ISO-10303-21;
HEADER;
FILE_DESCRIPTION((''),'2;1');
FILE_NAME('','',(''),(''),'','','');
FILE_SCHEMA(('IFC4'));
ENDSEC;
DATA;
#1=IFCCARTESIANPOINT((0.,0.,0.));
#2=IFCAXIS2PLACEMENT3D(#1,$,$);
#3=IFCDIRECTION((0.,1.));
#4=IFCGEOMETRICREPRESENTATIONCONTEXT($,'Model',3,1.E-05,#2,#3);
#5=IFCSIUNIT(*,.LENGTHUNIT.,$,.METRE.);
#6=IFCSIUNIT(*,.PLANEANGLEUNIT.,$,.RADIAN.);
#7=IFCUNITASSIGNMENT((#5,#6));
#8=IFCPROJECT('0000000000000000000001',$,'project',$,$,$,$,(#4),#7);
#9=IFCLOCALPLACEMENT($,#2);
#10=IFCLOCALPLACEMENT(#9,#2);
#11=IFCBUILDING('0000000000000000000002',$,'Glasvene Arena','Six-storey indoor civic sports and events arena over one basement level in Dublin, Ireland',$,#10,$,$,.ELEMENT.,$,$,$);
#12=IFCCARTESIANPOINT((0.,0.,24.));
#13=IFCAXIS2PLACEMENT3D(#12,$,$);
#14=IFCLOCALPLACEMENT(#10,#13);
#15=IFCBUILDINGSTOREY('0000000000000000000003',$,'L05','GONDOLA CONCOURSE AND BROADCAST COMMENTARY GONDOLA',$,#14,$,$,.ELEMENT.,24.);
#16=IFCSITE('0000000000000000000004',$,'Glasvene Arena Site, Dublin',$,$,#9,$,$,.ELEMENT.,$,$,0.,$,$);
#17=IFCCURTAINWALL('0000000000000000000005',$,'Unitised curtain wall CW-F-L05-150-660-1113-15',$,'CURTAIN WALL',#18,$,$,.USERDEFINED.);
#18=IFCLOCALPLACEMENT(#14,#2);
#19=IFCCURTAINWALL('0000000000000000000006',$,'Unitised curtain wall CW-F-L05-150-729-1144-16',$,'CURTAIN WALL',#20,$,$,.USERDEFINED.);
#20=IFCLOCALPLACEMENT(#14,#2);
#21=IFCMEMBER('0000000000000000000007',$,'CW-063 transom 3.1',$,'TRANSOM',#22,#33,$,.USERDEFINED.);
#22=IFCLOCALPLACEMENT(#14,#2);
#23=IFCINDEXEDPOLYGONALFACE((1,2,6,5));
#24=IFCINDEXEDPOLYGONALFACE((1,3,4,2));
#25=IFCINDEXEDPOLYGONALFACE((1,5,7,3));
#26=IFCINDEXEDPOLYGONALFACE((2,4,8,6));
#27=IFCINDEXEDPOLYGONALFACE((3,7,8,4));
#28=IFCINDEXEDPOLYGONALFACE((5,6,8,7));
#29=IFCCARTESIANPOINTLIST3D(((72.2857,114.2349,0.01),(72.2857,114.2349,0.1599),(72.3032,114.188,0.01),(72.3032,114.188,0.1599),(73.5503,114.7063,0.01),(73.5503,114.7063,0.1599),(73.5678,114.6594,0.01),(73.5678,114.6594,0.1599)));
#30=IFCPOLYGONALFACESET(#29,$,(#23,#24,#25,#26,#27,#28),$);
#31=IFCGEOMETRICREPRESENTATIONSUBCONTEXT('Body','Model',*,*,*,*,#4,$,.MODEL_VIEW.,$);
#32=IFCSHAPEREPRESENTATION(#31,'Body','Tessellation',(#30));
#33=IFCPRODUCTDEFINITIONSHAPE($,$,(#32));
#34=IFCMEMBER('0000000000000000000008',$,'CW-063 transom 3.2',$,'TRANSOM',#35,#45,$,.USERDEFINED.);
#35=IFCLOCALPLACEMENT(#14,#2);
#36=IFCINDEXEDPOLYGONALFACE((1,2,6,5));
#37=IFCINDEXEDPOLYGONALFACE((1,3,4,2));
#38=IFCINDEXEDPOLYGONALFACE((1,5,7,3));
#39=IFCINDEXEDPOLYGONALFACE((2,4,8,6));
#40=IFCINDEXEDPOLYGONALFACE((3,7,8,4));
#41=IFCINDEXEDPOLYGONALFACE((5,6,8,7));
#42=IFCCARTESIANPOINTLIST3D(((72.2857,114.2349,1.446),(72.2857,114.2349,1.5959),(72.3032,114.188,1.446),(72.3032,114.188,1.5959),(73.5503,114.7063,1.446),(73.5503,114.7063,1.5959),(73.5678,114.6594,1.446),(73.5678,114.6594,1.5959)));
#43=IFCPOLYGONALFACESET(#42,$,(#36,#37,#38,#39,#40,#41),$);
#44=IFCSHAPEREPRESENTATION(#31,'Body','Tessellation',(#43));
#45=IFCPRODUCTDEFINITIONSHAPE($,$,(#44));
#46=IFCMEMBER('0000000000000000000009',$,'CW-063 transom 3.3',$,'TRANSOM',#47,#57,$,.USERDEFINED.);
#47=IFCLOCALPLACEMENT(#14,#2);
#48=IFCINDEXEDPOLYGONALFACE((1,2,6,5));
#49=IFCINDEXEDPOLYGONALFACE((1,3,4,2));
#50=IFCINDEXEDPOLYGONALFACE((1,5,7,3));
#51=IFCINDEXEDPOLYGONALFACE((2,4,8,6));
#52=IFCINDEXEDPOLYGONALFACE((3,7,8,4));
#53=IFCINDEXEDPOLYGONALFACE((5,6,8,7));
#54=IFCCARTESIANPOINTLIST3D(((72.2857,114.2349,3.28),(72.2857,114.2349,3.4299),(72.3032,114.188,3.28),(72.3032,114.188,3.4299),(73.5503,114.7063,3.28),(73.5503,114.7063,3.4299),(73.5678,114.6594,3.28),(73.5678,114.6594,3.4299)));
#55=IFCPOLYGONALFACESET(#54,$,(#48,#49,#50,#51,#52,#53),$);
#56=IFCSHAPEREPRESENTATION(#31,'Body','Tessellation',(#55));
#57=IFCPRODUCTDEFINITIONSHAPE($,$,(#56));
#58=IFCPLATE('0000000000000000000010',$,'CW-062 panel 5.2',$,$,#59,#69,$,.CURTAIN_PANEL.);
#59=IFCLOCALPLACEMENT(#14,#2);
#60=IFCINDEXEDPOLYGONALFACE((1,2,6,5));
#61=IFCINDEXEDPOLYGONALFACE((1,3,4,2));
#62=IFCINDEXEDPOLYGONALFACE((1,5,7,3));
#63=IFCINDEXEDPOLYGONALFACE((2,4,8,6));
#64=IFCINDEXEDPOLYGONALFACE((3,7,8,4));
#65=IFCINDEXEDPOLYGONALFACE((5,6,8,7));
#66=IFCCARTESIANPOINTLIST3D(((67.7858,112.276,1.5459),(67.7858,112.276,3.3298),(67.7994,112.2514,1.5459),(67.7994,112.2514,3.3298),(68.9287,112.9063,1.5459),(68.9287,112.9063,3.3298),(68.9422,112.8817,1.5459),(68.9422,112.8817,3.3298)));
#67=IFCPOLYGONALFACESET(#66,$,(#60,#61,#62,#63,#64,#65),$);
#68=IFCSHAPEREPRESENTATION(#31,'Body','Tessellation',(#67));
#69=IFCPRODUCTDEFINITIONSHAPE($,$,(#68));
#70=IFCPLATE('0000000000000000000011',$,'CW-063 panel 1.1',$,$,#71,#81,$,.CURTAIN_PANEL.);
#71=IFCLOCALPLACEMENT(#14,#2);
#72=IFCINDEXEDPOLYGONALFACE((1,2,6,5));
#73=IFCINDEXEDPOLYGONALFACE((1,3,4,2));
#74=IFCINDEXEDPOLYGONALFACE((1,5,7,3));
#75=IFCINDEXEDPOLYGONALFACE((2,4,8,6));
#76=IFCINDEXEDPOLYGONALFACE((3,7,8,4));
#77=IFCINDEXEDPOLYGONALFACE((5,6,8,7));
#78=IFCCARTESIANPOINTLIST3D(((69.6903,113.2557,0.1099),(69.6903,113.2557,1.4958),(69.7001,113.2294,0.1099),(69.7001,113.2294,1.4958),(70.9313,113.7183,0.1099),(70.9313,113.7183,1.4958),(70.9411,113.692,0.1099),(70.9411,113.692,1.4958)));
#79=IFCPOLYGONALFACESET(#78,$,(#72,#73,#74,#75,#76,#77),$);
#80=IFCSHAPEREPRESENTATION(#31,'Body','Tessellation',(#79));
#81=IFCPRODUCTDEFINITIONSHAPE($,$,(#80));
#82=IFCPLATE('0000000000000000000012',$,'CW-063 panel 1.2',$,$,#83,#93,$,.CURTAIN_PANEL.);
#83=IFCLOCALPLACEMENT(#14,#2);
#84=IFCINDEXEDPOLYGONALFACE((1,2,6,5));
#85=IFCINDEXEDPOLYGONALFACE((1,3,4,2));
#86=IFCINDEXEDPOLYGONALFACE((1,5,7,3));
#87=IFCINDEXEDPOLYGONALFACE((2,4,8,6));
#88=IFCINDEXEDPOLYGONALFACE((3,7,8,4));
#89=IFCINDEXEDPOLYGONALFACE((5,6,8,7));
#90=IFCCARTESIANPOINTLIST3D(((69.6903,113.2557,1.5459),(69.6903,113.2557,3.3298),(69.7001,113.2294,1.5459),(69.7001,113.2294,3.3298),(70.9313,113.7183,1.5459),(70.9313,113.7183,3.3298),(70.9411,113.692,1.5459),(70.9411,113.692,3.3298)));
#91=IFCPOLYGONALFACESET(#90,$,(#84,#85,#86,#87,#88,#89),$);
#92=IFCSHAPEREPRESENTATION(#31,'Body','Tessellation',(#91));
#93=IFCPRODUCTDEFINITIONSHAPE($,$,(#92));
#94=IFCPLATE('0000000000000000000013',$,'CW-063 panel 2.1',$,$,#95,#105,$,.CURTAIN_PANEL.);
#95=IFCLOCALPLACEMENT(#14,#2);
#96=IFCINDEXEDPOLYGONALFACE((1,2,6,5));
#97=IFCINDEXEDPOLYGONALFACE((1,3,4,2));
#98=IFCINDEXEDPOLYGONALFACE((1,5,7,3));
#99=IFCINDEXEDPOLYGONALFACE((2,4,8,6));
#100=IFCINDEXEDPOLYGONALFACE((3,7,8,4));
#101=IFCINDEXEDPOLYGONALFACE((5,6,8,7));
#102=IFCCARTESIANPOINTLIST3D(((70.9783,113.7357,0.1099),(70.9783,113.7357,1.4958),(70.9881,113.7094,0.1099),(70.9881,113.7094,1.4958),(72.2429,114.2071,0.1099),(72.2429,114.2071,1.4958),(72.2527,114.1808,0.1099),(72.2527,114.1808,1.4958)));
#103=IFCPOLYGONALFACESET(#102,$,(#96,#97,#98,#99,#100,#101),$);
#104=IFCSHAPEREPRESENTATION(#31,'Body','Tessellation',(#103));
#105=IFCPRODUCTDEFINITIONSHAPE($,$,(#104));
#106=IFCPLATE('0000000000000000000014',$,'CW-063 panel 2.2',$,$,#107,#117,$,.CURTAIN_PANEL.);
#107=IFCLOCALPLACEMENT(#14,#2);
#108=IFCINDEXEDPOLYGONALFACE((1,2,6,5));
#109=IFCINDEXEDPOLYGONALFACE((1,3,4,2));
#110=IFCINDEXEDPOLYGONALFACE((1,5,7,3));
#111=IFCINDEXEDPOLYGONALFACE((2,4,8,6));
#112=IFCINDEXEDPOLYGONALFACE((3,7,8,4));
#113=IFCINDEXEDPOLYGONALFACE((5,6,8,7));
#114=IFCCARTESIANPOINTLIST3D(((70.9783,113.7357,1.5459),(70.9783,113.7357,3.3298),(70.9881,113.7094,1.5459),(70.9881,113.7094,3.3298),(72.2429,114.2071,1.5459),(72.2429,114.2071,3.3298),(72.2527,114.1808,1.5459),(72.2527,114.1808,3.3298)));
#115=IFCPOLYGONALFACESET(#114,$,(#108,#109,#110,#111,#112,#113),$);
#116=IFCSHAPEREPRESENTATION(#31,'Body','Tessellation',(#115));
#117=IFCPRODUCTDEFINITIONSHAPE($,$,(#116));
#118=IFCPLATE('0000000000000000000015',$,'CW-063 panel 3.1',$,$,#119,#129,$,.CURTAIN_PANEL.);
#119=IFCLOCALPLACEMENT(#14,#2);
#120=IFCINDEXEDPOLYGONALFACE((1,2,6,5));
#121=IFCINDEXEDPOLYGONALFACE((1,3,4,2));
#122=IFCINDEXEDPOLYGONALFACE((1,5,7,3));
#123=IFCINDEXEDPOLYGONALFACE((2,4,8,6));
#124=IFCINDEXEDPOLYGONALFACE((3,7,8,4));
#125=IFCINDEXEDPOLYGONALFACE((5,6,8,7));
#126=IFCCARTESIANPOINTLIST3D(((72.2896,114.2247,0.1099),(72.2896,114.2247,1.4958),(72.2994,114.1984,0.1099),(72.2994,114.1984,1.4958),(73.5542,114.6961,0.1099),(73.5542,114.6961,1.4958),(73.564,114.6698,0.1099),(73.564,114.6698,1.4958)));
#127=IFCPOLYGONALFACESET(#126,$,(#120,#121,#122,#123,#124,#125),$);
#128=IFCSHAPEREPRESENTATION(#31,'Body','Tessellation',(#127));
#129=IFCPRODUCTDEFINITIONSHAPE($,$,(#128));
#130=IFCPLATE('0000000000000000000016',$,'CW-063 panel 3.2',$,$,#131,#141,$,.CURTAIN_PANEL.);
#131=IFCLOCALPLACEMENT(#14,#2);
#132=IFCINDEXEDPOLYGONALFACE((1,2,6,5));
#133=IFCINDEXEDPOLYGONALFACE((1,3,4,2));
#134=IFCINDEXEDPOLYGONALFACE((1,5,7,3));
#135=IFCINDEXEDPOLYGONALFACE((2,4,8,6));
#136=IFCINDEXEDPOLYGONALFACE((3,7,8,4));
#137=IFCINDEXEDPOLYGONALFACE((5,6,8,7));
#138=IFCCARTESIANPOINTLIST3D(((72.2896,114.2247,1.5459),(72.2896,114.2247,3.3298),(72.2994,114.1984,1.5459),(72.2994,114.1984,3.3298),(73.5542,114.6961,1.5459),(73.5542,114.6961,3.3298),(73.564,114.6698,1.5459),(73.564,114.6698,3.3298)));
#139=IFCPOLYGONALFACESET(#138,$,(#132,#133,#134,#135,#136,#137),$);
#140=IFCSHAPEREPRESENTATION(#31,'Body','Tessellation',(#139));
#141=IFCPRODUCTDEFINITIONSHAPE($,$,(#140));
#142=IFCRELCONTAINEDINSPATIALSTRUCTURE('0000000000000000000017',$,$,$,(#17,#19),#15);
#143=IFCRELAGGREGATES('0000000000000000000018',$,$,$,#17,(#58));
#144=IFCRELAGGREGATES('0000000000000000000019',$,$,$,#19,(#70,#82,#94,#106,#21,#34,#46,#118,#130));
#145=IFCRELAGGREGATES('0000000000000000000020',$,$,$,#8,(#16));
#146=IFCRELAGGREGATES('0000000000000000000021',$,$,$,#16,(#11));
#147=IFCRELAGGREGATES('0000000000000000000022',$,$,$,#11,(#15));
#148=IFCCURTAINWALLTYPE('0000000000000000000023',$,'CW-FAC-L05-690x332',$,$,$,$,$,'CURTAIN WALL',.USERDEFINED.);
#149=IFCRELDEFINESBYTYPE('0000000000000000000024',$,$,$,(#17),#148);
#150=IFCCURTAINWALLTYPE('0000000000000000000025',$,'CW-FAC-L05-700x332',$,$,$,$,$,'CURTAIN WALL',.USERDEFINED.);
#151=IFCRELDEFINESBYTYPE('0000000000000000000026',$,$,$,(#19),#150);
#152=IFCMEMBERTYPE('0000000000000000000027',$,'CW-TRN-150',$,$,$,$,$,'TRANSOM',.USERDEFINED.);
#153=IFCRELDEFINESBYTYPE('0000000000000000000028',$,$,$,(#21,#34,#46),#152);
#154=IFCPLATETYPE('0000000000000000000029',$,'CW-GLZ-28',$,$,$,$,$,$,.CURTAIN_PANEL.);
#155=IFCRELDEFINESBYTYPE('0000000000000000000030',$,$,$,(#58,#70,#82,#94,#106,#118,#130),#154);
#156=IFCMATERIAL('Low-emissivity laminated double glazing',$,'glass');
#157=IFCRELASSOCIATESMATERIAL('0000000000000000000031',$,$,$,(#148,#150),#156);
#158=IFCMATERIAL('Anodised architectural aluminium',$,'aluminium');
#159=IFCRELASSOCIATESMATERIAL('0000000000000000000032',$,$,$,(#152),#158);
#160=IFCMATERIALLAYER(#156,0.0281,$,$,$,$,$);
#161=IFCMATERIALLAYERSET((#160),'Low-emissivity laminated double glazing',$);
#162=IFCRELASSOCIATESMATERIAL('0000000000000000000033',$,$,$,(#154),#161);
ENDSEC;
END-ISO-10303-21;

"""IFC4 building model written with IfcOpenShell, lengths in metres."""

from ifc_helpers import new_model, si_unit, direction, frame, origin, origin_2d, place, context, subcontext, project, spatial, rectangle, extrude, material, layer, layer_set, material_profile, profile_set, type_object, element, aggregate, save


model = new_model("IFC4")

# Units and contexts
model_context = context("Model", 3, precision=1e-05, world=origin(), true_north=direction((0.0, 1.0)))
body_context = subcontext(model_context, "Body", "Model", "MODEL_VIEW")
ifc_project = project(units=[si_unit("LENGTHUNIT", "METRE"), si_unit("PLANEANGLEUNIT", "RADIAN")], contexts=[model_context])

# Site, building, storey
site_placement = place(None, origin())
site = spatial("IfcSite", under=ifc_project, at=site_placement, Name="Glasvene Arena Site, Dublin", CompositionType="ELEMENT", RefElevation=0.0)
building_placement = place(site_placement, origin())
building = spatial("IfcBuilding", under=site, at=building_placement, Name="Glasvene Arena", Description="Six-storey indoor civic sports and events arena over one basement level in Dublin, Ireland", CompositionType="ELEMENT")
storey_placement = place(building_placement, frame((0.0, 0.0, 24.0)))
storey = spatial("IfcBuildingStorey", under=building, at=storey_placement, Name="L05", Description="GONDOLA CONCOURSE AND BROADCAST COMMENTARY GONDOLA", CompositionType="ELEMENT", Elevation=24.0)

# Curtain wall
ifc_material_1 = material(Name="Low-emissivity laminated double glazing", Category="glass")
curtain_wall_type_1 = type_object("IfcCurtainWallType", Name="CW-FAC-L05-690x332", ElementType="CURTAIN WALL", PredefinedType="USERDEFINED", material=ifc_material_1)
curtain_wall_1_placement = place(storey_placement, frame((62.9365, 109.5854, 0.0)))
curtain_wall_1 = element("IfcCurtainWall", 1, at=curtain_wall_1_placement, inside=storey, type_object=curtain_wall_type_1, Name="Unitised curtain wall CW-F-L05-150-660-1113-15", ObjectType="CURTAIN WALL", PredefinedType="USERDEFINED")
ifc_material_2 = material(Name="Anodised architectural aluminium", Category="aluminium")

# Curtain wall, members
curtain_wall_type_2 = type_object("IfcCurtainWallType", Name="CW-FAC-L05-700x332", ElementType="CURTAIN WALL", PredefinedType="USERDEFINED", material=ifc_material_1)
curtain_wall_2_placement = place(storey_placement, frame((69.6482, 113.2251, 0.0)))
curtain_wall_2 = element("IfcCurtainWall", 2, at=curtain_wall_2_placement, inside=storey, type_object=curtain_wall_type_2, Name="Unitised curtain wall CW-F-L05-150-729-1144-16", ObjectType="CURTAIN WALL", PredefinedType="USERDEFINED")
ifc_material_profile_1 = material_profile(ifc_material_2, rectangle(XDim=0.05, YDim=0.1499, at=origin_2d()), Name="ALU TRANSOM 50x150")
ifc_profile_set_1 = profile_set([ifc_material_profile_1], Name="Anodised architectural aluminium")
member_type_1 = type_object("IfcMemberType", Name="CW-TRN-150", ElementType="TRANSOM", PredefinedType="USERDEFINED", material=ifc_profile_set_1)
member_1_placement = place(storey_placement, frame((72.2944, 114.2114, 0.085), z_axis=(0.937011, 0.349299, 0.0), x_axis=(-0.349299, 0.937011, 0.0)))
member_1 = element("IfcMember", 3, at=member_1_placement, type_object=member_type_1, Name="CW-063 transom 3.1", ObjectType="TRANSOM", PredefinedType="USERDEFINED", context=body_context, shape_type="SweptSolid", body=[
    extrude(rectangle(XDim=0.05, YDim=0.1499, at=origin_2d()), origin(), (0.0, 0.0, 1.0), 1.3496),
])
member_2_placement = place(storey_placement, frame((72.2944, 114.2114, 1.521), z_axis=(0.937011, 0.349299, 0.0), x_axis=(-0.349299, 0.937011, 0.0)))
member_2 = element("IfcMember", 4, at=member_2_placement, type_object=member_type_1, Name="CW-063 transom 3.2", ObjectType="TRANSOM", PredefinedType="USERDEFINED", context=body_context, shape_type="SweptSolid", body=[
    extrude(rectangle(XDim=0.05, YDim=0.1499, at=origin_2d()), origin(), (0.0, 0.0, 1.0), 1.3496),
])
member_3_placement = place(storey_placement, frame((72.2944, 114.2114, 3.355), z_axis=(0.937011, 0.349299, 0.0), x_axis=(-0.349299, 0.937011, 0.0)))
member_3 = element("IfcMember", 5, at=member_3_placement, type_object=member_type_1, Name="CW-063 transom 3.3", ObjectType="TRANSOM", PredefinedType="USERDEFINED", context=body_context, shape_type="SweptSolid", body=[
    extrude(rectangle(XDim=0.05, YDim=0.1499, at=origin_2d()), origin(), (0.0, 0.0, 1.0), 1.3496),
])

# Plates
ifc_layer = layer(ifc_material_1, 0.0281)
ifc_layer_set = layer_set([ifc_layer], Name="Low-emissivity laminated double glazing")
plate_type = type_object("IfcPlateType", Name="CW-GLZ-28", PredefinedType="CURTAIN_PANEL", material=ifc_layer_set)
plate_1_placement = place(storey_placement, frame((68.364, 112.5789, 1.5459), z_axis=(0.0, 0.0, 1.0), x_axis=(0.875654, 0.482939, 0.0)))
plate_1 = element("IfcPlate", 6, at=plate_1_placement, type_object=plate_type, Name="CW-062 panel 5.2", PredefinedType="CURTAIN_PANEL", context=body_context, shape_type="SweptSolid", body=[
    extrude(rectangle(XDim=1.3052, YDim=0.0281, at=origin_2d()), origin(), (0.0, 0.0, 1.0), 1.7839),
])
aggregate(curtain_wall_1, [plate_1])
plate_2_placement = place(storey_placement, frame((70.3157, 113.4739, 0.1099), z_axis=(0.0, 0.0, 1.0), x_axis=(0.937012, 0.349297, 0.0)))
plate_2 = element("IfcPlate", 7, at=plate_2_placement, type_object=plate_type, Name="CW-063 panel 1.1", PredefinedType="CURTAIN_PANEL", context=body_context, shape_type="SweptSolid", body=[
    extrude(rectangle(XDim=1.3245, YDim=0.0281, at=origin_2d()), origin(), (0.0, 0.0, 1.0), 1.386),
])
plate_3_placement = place(storey_placement, frame((70.3157, 113.4739, 1.5459), z_axis=(0.0, 0.0, 1.0), x_axis=(0.937012, 0.349297, 0.0)))
plate_3 = element("IfcPlate", 8, at=plate_3_placement, type_object=plate_type, Name="CW-063 panel 1.2", PredefinedType="CURTAIN_PANEL", context=body_context, shape_type="SweptSolid", body=[
    extrude(rectangle(XDim=1.3245, YDim=0.0281, at=origin_2d()), origin(), (0.0, 0.0, 1.0), 1.7839),
])
plate_4_placement = place(storey_placement, frame((71.6155, 113.9583, 0.1099), z_axis=(0.0, 0.0, 1.0), x_axis=(0.937012, 0.349297, 0.0)))
plate_4 = element("IfcPlate", 9, at=plate_4_placement, type_object=plate_type, Name="CW-063 panel 2.1", PredefinedType="CURTAIN_PANEL", context=body_context, shape_type="SweptSolid", body=[
    extrude(rectangle(XDim=1.3496, YDim=0.0281, at=origin_2d()), origin(), (0.0, 0.0, 1.0), 1.386),
])
plate_5_placement = place(storey_placement, frame((71.6155, 113.9583, 1.5459), z_axis=(0.0, 0.0, 1.0), x_axis=(0.937012, 0.349297, 0.0)))
plate_5 = element("IfcPlate", 10, at=plate_5_placement, type_object=plate_type, Name="CW-063 panel 2.2", PredefinedType="CURTAIN_PANEL", context=body_context, shape_type="SweptSolid", body=[
    extrude(rectangle(XDim=1.3496, YDim=0.0281, at=origin_2d()), origin(), (0.0, 0.0, 1.0), 1.7839),
])
plate_6_placement = place(storey_placement, frame((72.9268, 114.4473, 0.1099), z_axis=(0.0, 0.0, 1.0), x_axis=(0.937012, 0.349297, 0.0)))
plate_6 = element("IfcPlate", 11, at=plate_6_placement, type_object=plate_type, Name="CW-063 panel 3.1", PredefinedType="CURTAIN_PANEL", context=body_context, shape_type="SweptSolid", body=[
    extrude(rectangle(XDim=1.3496, YDim=0.0281, at=origin_2d()), origin(), (0.0, 0.0, 1.0), 1.386),
])
plate_7_placement = place(storey_placement, frame((72.9268, 114.4473, 1.5459), z_axis=(0.0, 0.0, 1.0), x_axis=(0.937012, 0.349297, 0.0)))
plate_7 = element("IfcPlate", 12, at=plate_7_placement, type_object=plate_type, Name="CW-063 panel 3.2", PredefinedType="CURTAIN_PANEL", context=body_context, shape_type="SweptSolid", body=[
    extrude(rectangle(XDim=1.3496, YDim=0.0281, at=origin_2d()), origin(), (0.0, 0.0, 1.0), 1.7839),
])
aggregate(curtain_wall_2, [plate_2, plate_3, plate_4, plate_5, member_1, member_2, member_3, plate_6, plate_7])

save(model, "model.ifc")
